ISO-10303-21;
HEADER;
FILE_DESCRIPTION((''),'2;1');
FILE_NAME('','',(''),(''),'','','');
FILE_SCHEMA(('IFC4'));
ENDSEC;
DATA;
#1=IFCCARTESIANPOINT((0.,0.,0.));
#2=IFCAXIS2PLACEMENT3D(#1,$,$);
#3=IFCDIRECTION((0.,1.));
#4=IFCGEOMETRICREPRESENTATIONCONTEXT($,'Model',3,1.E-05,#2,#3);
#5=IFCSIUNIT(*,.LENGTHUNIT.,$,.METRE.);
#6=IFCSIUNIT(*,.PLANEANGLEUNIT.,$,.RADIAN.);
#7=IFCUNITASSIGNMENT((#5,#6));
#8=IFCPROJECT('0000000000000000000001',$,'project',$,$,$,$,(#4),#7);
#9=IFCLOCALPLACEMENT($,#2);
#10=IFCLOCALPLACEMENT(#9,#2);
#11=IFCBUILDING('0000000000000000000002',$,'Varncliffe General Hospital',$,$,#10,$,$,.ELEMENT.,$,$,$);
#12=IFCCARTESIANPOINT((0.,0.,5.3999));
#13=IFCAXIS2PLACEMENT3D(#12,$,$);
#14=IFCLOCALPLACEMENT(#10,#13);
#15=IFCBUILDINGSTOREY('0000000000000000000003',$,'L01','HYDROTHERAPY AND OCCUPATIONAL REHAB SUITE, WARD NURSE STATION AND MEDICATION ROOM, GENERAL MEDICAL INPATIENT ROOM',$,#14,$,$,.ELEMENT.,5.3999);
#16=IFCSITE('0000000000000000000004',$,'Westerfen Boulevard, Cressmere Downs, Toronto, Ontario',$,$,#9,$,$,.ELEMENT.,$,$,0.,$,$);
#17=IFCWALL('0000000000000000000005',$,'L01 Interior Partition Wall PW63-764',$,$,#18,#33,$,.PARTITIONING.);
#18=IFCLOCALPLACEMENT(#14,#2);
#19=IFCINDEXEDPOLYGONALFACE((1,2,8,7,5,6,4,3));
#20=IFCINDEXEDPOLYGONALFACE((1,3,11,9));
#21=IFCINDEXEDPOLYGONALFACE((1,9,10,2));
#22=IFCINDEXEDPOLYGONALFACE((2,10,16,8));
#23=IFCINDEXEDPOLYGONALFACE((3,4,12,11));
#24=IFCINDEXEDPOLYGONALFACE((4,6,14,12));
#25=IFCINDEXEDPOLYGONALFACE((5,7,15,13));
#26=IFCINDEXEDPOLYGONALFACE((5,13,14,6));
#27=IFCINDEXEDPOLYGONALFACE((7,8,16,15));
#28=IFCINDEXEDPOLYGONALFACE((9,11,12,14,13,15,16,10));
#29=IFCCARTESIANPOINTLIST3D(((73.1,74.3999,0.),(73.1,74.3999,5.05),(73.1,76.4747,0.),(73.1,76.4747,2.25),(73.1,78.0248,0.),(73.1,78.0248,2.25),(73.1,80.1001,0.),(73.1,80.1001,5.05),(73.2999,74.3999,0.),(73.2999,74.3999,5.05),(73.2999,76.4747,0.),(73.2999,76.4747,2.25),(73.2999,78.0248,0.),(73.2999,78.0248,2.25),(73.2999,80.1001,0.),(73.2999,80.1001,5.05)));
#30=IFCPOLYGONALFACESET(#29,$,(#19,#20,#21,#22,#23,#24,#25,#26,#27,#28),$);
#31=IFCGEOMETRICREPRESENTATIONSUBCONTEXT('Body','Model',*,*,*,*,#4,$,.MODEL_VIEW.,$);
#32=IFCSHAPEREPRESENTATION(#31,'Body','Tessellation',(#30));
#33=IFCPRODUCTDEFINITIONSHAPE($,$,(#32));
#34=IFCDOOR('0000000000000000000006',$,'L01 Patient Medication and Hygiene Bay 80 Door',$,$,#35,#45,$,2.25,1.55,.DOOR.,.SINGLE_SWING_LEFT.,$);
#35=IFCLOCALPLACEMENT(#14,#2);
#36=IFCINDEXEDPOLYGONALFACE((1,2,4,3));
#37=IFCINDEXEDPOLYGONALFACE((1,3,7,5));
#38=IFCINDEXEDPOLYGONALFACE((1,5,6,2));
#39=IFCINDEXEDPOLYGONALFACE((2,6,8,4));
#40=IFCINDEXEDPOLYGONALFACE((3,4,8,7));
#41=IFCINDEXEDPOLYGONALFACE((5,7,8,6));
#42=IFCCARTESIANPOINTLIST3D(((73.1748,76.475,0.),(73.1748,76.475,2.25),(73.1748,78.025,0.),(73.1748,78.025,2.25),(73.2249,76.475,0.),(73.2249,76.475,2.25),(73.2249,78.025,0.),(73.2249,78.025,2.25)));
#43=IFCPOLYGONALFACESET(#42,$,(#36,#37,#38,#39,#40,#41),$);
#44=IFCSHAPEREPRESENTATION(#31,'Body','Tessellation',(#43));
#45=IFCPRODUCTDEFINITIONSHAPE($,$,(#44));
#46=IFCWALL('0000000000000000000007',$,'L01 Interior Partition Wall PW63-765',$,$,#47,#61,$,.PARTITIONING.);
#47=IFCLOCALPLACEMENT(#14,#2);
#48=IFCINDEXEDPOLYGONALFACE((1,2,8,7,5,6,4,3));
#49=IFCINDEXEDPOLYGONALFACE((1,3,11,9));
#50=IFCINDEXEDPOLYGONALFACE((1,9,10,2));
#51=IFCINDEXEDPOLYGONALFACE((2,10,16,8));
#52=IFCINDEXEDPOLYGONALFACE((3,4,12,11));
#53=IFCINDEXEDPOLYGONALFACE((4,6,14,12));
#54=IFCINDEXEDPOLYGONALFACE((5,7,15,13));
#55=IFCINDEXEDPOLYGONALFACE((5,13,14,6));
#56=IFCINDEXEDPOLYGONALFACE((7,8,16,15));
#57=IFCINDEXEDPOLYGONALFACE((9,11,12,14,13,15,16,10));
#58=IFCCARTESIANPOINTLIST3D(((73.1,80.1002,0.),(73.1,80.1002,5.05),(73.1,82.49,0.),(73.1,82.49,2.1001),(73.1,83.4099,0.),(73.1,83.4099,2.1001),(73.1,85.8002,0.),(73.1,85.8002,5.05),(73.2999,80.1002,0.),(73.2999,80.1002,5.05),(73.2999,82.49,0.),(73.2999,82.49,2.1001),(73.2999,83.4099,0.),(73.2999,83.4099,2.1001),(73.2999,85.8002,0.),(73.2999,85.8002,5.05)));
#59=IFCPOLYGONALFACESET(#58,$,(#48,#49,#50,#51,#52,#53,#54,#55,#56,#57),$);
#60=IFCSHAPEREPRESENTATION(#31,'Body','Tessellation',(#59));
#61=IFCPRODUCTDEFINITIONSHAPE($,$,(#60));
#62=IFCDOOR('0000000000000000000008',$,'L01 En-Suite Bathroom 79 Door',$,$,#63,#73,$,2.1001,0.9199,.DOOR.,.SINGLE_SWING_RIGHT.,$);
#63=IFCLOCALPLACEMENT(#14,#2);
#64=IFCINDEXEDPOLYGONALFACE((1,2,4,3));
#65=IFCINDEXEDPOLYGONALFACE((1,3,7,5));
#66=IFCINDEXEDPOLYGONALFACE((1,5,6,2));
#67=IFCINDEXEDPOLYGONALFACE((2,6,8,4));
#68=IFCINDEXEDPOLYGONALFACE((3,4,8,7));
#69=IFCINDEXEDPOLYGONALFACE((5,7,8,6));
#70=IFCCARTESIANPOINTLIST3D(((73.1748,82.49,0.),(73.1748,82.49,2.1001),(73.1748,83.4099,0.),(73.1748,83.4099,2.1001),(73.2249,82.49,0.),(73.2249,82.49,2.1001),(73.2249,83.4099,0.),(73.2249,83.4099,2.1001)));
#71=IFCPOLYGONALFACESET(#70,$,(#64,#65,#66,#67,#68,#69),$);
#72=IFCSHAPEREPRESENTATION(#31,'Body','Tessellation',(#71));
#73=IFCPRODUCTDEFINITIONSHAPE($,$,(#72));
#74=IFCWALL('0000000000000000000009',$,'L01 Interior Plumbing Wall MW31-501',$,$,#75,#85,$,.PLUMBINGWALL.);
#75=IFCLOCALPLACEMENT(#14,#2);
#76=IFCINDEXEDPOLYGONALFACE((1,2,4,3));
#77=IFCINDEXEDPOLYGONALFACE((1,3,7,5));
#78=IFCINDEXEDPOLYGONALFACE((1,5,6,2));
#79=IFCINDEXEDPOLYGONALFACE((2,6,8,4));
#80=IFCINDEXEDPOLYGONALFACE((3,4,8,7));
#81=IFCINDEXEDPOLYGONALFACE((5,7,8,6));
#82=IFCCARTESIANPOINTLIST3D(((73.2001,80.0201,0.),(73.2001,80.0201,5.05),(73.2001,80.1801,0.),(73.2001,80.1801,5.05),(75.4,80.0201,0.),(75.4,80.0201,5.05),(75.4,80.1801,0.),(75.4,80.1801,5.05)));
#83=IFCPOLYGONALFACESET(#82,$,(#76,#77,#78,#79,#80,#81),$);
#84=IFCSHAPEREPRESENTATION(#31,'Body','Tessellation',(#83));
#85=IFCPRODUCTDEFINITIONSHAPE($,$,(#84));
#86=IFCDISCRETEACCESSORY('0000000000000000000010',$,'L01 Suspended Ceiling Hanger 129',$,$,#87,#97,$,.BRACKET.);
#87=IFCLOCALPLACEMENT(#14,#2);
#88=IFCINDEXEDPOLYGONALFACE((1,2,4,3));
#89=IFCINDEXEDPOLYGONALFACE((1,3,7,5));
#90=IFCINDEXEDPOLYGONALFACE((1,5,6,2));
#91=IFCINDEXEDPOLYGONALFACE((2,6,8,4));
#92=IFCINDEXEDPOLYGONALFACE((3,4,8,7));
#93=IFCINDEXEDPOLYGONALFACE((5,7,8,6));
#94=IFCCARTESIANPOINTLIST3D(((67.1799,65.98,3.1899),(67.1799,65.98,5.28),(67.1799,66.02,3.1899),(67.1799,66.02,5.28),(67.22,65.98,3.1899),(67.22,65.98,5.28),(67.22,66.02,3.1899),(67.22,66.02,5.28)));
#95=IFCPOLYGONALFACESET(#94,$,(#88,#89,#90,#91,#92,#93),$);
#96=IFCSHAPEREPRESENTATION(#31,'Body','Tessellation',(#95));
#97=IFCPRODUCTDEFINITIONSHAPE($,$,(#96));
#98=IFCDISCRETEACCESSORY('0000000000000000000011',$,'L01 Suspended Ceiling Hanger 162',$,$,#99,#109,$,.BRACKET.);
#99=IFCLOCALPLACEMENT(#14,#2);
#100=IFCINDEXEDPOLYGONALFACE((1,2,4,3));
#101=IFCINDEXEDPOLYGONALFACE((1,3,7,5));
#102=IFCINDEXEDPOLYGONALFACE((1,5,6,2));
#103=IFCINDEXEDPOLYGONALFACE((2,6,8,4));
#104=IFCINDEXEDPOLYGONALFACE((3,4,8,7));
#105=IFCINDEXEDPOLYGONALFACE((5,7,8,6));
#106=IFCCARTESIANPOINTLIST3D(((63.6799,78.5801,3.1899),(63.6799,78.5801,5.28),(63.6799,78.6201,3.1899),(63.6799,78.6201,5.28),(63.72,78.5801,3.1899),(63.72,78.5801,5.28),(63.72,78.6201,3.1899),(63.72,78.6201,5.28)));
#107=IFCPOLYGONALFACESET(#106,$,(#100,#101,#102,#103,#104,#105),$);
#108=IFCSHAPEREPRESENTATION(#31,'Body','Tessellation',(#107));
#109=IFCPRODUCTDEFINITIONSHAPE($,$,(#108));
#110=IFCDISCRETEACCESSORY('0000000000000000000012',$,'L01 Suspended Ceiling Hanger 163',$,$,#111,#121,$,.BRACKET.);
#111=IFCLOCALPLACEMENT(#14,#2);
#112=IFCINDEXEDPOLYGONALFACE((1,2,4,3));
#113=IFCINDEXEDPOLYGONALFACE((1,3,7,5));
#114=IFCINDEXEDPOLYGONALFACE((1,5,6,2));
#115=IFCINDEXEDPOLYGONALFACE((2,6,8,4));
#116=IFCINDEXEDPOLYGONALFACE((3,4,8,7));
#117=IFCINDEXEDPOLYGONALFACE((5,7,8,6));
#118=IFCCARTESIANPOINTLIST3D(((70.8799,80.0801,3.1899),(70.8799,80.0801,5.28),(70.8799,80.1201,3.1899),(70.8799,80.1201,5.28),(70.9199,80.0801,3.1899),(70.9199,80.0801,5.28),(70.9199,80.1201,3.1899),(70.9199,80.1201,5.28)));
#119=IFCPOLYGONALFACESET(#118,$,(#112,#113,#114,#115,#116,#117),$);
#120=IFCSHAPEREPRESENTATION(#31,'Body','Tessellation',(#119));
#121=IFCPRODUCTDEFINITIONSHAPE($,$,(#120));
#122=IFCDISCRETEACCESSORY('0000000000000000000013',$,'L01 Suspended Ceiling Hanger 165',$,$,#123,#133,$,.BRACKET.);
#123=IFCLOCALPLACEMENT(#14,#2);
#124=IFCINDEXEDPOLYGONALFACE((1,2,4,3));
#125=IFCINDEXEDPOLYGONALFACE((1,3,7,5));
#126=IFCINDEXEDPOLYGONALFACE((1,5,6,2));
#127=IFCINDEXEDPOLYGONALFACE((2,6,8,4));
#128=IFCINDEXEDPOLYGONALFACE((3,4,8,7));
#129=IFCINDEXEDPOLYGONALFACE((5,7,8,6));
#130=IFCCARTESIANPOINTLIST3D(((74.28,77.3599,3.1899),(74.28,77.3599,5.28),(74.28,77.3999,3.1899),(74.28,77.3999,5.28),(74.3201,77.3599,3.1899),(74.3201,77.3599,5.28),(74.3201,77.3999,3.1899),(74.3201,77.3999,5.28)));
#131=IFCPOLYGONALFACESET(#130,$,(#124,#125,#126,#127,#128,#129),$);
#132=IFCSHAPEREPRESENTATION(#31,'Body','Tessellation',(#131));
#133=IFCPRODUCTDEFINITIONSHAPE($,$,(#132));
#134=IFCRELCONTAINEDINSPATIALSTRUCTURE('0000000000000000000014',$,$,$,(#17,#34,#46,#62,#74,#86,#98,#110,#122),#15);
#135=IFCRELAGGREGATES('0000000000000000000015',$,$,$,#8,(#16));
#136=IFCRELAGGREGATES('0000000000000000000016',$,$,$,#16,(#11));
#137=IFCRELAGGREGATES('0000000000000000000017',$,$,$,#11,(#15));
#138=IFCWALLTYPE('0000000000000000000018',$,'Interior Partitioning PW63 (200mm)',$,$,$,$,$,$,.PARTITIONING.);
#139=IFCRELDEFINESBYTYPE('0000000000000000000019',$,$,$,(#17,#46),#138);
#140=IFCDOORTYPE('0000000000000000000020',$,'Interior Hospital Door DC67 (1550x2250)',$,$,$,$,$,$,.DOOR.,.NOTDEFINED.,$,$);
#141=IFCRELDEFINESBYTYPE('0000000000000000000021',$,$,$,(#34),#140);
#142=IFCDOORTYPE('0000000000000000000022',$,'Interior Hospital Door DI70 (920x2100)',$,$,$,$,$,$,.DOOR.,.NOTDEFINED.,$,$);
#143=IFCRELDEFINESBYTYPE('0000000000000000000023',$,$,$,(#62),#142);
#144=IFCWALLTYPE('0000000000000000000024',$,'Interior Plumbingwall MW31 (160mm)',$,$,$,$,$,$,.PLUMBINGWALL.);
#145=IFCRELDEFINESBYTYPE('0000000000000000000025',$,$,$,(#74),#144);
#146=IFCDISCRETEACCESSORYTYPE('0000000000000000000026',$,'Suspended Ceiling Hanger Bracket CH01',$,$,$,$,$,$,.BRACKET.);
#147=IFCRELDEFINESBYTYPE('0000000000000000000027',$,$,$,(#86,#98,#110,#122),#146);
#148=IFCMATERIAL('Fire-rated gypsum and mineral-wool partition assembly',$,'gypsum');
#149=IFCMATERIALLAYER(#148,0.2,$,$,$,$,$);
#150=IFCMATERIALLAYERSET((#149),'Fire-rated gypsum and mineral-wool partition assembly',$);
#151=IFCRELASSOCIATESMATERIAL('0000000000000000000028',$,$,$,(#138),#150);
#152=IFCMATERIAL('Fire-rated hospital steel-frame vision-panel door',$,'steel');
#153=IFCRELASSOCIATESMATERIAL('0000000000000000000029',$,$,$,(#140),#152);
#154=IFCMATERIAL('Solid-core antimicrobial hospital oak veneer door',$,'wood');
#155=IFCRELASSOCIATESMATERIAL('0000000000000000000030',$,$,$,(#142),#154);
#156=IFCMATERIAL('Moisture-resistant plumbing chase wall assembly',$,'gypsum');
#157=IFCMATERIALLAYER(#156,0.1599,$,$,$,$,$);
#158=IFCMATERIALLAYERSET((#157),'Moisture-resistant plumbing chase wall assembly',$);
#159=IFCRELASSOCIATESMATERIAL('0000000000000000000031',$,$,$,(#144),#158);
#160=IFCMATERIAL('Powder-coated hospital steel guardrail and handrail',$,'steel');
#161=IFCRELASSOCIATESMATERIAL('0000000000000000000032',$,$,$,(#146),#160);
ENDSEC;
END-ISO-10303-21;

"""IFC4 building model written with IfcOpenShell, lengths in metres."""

from ifc_helpers import new_model, si_unit, direction, frame, frame_2d, origin, origin_2d, place, context, subcontext, project, spatial, rectangle, extrude, material, layer, layer_set, type_object, element, fill, save


model = new_model("IFC4")

# Units and contexts
model_context = context("Model", 3, precision=1e-05, world=origin(), true_north=direction((0.0, 1.0)))
body_context = subcontext(model_context, "Body", "Model", "MODEL_VIEW")
ifc_project = project(units=[si_unit("LENGTHUNIT", "METRE"), si_unit("PLANEANGLEUNIT", "RADIAN")], contexts=[model_context])

# Site, building, storey
site_placement = place(None, origin())
site = spatial("IfcSite", under=ifc_project, at=site_placement, Name="Westerfen Boulevard, Cressmere Downs, Toronto, Ontario", CompositionType="ELEMENT", RefElevation=0.0)
building_placement = place(site_placement, origin())
building = spatial("IfcBuilding", under=site, at=building_placement, Name="Varncliffe General Hospital", CompositionType="ELEMENT")
storey_placement = place(building_placement, frame((0.0, 0.0, 5.3999)))
storey = spatial("IfcBuildingStorey", under=building, at=storey_placement, Name="L01", Description="HYDROTHERAPY AND OCCUPATIONAL REHAB SUITE, WARD NURSE STATION AND MEDICATION ROOM, GENERAL MEDICAL INPATIENT ROOM", CompositionType="ELEMENT", Elevation=5.3999)

# Shared definitions
ifc_material_1 = material(Name="Fire-rated gypsum and mineral-wool partition assembly", Category="gypsum")
ifc_layer_1 = layer(ifc_material_1, 0.2)
ifc_layer_set_1 = layer_set([ifc_layer_1], Name="Fire-rated gypsum and mineral-wool partition assembly")
wall_type_1 = type_object("IfcWallType", Name="Interior Partitioning PW63 (200mm)", PredefinedType="PARTITIONING", material=ifc_layer_set_1)

# Walls, openings, doors
wall_1_placement = place(storey_placement, frame((73.2, 74.3999, 0.0), z_axis=(0.0, 0.0, 1.0), x_axis=(0.0, 1.0, 0.0)))
wall_1 = element("IfcWall", 1, at=wall_1_placement, inside=storey, type_object=wall_type_1, Name="L01 Interior Partition Wall PW63-764", PredefinedType="PARTITIONING", context=body_context, shape_type="SweptSolid", body=[
    extrude(rectangle(XDim=5.7002, YDim=0.2, at=frame_2d((2.8501, 0.0))), origin(), (0.0, 0.0, 1.0), 5.05),
])
opening_1_placement = place(wall_1_placement, frame((2.075, 0.0, 0.0)))
opening_1 = element("IfcOpeningElement", 2, at=opening_1_placement, cuts=wall_1, PredefinedType="OPENING", context=body_context, shape_type="SweptSolid", body=[
    extrude(rectangle(XDim=1.55, YDim=2.25, at=frame_2d((0.7749, 1.125))), frame((0.0, 0.1099, 0.0), z_axis=(0.0, -1.0, 0.0), x_axis=(1.0, 0.0, 0.0)), (0.0, 0.0, 1.0), 0.22),
])
ifc_material_2 = material(Name="Fire-rated hospital steel-frame vision-panel door", Category="steel")
door_type_1 = type_object("IfcDoorType", Name="Interior Hospital Door DC67 (1550x2250)", OperationType="NOTDEFINED", PredefinedType="DOOR", material=ifc_material_2)
door_1_placement = place(opening_1_placement, frame((1.55, 0.0, 0.0), z_axis=(0.0, 0.0, 1.0), x_axis=(-1.0, 0.0, 0.0)))
door_1 = element("IfcDoor", 3, at=door_1_placement, inside=storey, type_object=door_type_1, Name="L01 Patient Medication and Hygiene Bay 80 Door", OperationType="SINGLE_SWING_LEFT", OverallHeight=2.25, OverallWidth=1.55, PredefinedType="DOOR", context=body_context, shape_type="SweptSolid", body=[
    extrude(rectangle(XDim=1.55, YDim=2.25, at=frame_2d((0.7749, 1.125))), frame((0.0, 0.0249, 0.0), z_axis=(0.0, -1.0, 0.0), x_axis=(1.0, 0.0, 0.0)), (0.0, 0.0, 1.0), 0.05),
])
fill(opening_1, door_1)
wall_2_placement = place(storey_placement, frame((73.2, 80.1001, 0.0), z_axis=(0.0, 0.0, 1.0), x_axis=(0.0, 1.0, 0.0)))
wall_2 = element("IfcWall", 4, at=wall_2_placement, inside=storey, type_object=wall_type_1, Name="L01 Interior Partition Wall PW63-765", PredefinedType="PARTITIONING", context=body_context, shape_type="SweptSolid", body=[
    extrude(rectangle(XDim=5.7, YDim=0.2, at=frame_2d((2.8501, 0.0))), origin(), (0.0, 0.0, 1.0), 5.05),
])
opening_2_placement = place(wall_2_placement, frame((2.3899, 0.0, 0.0)))
opening_2 = element("IfcOpeningElement", 5, at=opening_2_placement, cuts=wall_2, PredefinedType="OPENING", context=body_context, shape_type="SweptSolid", body=[
    extrude(rectangle(XDim=0.9199, YDim=2.1001, at=frame_2d((0.46, 1.05))), frame((0.0, 0.1099, 0.0), z_axis=(0.0, -1.0, 0.0), x_axis=(1.0, 0.0, 0.0)), (0.0, 0.0, 1.0), 0.22),
])
ifc_material_3 = material(Name="Solid-core antimicrobial hospital oak veneer door", Category="wood")
door_type_2 = type_object("IfcDoorType", Name="Interior Hospital Door DI70 (920x2100)", OperationType="NOTDEFINED", PredefinedType="DOOR", material=ifc_material_3)
door_2_placement = place(opening_2_placement, frame((0.9199, 0.0, 0.0), z_axis=(0.0, 0.0, 1.0), x_axis=(-1.0, 0.0, 0.0)))
door_2 = element("IfcDoor", 6, at=door_2_placement, inside=storey, type_object=door_type_2, Name="L01 En-Suite Bathroom 79 Door", OperationType="SINGLE_SWING_RIGHT", OverallHeight=2.1001, OverallWidth=0.9199, PredefinedType="DOOR", context=body_context, shape_type="SweptSolid", body=[
    extrude(rectangle(XDim=0.9199, YDim=2.1001, at=frame_2d((0.46, 1.05))), frame((0.0, 0.0249, 0.0), z_axis=(0.0, -1.0, 0.0), x_axis=(1.0, 0.0, 0.0)), (0.0, 0.0, 1.0), 0.05),
])
fill(opening_2, door_2)

# Wall
ifc_material_4 = material(Name="Moisture-resistant plumbing chase wall assembly", Category="gypsum")
ifc_layer_2 = layer(ifc_material_4, 0.1599)
ifc_layer_set_2 = layer_set([ifc_layer_2], Name="Moisture-resistant plumbing chase wall assembly")
wall_type_2 = type_object("IfcWallType", Name="Interior Plumbingwall MW31 (160mm)", PredefinedType="PLUMBINGWALL", material=ifc_layer_set_2)
wall_3_placement = place(storey_placement, frame((73.2, 80.1001, 0.0), z_axis=(0.0, 0.0, 1.0), x_axis=(1.0, 0.0, 0.0)))
element("IfcWall", 7, at=wall_3_placement, inside=storey, type_object=wall_type_2, Name="L01 Interior Plumbing Wall MW31-501", PredefinedType="PLUMBINGWALL", context=body_context, shape_type="SweptSolid", body=[
    extrude(rectangle(XDim=2.2, YDim=0.1599, at=frame_2d((1.1001, 0.0))), origin(), (0.0, 0.0, 1.0), 5.05),
])

# Discrete accessories
ifc_material_5 = material(Name="Powder-coated hospital steel guardrail and handrail", Category="steel")
discrete_accessory_type = type_object("IfcDiscreteAccessoryType", Name="Suspended Ceiling Hanger Bracket CH01", PredefinedType="BRACKET", material=ifc_material_5)
for number, where, z_axis, x_axis, name in (
    (8, (67.2, 66.0, 3.1899), (0.0, 0.0, 1.0), (1.0, 0.0, 0.0), "L01 Suspended Ceiling Hanger 129"),
    (9, (63.7, 78.6001, 3.1899), (0.0, 0.0, 1.0), (1.0, 0.0, 0.0), "L01 Suspended Ceiling Hanger 162"),
    (10, (70.8999, 80.1001, 3.1899), (0.0, 0.0, 1.0), (1.0, 0.0, 0.0), "L01 Suspended Ceiling Hanger 163"),
    (11, (74.3, 77.3799, 3.1899), (0.0, 0.0, 1.0), (1.0, 0.0, 0.0), "L01 Suspended Ceiling Hanger 165"),
):
    element("IfcDiscreteAccessory", number, at=place(storey_placement, frame(where, z_axis=z_axis, x_axis=x_axis)), inside=storey, type_object=discrete_accessory_type, Name=name, PredefinedType="BRACKET", context=body_context, shape_type="SweptSolid", body=[
        extrude(rectangle(XDim=0.04, YDim=0.04, at=origin_2d()), origin(), (0.0, 0.0, 1.0), 2.0901),
    ])

save(model, "model.ifc")
